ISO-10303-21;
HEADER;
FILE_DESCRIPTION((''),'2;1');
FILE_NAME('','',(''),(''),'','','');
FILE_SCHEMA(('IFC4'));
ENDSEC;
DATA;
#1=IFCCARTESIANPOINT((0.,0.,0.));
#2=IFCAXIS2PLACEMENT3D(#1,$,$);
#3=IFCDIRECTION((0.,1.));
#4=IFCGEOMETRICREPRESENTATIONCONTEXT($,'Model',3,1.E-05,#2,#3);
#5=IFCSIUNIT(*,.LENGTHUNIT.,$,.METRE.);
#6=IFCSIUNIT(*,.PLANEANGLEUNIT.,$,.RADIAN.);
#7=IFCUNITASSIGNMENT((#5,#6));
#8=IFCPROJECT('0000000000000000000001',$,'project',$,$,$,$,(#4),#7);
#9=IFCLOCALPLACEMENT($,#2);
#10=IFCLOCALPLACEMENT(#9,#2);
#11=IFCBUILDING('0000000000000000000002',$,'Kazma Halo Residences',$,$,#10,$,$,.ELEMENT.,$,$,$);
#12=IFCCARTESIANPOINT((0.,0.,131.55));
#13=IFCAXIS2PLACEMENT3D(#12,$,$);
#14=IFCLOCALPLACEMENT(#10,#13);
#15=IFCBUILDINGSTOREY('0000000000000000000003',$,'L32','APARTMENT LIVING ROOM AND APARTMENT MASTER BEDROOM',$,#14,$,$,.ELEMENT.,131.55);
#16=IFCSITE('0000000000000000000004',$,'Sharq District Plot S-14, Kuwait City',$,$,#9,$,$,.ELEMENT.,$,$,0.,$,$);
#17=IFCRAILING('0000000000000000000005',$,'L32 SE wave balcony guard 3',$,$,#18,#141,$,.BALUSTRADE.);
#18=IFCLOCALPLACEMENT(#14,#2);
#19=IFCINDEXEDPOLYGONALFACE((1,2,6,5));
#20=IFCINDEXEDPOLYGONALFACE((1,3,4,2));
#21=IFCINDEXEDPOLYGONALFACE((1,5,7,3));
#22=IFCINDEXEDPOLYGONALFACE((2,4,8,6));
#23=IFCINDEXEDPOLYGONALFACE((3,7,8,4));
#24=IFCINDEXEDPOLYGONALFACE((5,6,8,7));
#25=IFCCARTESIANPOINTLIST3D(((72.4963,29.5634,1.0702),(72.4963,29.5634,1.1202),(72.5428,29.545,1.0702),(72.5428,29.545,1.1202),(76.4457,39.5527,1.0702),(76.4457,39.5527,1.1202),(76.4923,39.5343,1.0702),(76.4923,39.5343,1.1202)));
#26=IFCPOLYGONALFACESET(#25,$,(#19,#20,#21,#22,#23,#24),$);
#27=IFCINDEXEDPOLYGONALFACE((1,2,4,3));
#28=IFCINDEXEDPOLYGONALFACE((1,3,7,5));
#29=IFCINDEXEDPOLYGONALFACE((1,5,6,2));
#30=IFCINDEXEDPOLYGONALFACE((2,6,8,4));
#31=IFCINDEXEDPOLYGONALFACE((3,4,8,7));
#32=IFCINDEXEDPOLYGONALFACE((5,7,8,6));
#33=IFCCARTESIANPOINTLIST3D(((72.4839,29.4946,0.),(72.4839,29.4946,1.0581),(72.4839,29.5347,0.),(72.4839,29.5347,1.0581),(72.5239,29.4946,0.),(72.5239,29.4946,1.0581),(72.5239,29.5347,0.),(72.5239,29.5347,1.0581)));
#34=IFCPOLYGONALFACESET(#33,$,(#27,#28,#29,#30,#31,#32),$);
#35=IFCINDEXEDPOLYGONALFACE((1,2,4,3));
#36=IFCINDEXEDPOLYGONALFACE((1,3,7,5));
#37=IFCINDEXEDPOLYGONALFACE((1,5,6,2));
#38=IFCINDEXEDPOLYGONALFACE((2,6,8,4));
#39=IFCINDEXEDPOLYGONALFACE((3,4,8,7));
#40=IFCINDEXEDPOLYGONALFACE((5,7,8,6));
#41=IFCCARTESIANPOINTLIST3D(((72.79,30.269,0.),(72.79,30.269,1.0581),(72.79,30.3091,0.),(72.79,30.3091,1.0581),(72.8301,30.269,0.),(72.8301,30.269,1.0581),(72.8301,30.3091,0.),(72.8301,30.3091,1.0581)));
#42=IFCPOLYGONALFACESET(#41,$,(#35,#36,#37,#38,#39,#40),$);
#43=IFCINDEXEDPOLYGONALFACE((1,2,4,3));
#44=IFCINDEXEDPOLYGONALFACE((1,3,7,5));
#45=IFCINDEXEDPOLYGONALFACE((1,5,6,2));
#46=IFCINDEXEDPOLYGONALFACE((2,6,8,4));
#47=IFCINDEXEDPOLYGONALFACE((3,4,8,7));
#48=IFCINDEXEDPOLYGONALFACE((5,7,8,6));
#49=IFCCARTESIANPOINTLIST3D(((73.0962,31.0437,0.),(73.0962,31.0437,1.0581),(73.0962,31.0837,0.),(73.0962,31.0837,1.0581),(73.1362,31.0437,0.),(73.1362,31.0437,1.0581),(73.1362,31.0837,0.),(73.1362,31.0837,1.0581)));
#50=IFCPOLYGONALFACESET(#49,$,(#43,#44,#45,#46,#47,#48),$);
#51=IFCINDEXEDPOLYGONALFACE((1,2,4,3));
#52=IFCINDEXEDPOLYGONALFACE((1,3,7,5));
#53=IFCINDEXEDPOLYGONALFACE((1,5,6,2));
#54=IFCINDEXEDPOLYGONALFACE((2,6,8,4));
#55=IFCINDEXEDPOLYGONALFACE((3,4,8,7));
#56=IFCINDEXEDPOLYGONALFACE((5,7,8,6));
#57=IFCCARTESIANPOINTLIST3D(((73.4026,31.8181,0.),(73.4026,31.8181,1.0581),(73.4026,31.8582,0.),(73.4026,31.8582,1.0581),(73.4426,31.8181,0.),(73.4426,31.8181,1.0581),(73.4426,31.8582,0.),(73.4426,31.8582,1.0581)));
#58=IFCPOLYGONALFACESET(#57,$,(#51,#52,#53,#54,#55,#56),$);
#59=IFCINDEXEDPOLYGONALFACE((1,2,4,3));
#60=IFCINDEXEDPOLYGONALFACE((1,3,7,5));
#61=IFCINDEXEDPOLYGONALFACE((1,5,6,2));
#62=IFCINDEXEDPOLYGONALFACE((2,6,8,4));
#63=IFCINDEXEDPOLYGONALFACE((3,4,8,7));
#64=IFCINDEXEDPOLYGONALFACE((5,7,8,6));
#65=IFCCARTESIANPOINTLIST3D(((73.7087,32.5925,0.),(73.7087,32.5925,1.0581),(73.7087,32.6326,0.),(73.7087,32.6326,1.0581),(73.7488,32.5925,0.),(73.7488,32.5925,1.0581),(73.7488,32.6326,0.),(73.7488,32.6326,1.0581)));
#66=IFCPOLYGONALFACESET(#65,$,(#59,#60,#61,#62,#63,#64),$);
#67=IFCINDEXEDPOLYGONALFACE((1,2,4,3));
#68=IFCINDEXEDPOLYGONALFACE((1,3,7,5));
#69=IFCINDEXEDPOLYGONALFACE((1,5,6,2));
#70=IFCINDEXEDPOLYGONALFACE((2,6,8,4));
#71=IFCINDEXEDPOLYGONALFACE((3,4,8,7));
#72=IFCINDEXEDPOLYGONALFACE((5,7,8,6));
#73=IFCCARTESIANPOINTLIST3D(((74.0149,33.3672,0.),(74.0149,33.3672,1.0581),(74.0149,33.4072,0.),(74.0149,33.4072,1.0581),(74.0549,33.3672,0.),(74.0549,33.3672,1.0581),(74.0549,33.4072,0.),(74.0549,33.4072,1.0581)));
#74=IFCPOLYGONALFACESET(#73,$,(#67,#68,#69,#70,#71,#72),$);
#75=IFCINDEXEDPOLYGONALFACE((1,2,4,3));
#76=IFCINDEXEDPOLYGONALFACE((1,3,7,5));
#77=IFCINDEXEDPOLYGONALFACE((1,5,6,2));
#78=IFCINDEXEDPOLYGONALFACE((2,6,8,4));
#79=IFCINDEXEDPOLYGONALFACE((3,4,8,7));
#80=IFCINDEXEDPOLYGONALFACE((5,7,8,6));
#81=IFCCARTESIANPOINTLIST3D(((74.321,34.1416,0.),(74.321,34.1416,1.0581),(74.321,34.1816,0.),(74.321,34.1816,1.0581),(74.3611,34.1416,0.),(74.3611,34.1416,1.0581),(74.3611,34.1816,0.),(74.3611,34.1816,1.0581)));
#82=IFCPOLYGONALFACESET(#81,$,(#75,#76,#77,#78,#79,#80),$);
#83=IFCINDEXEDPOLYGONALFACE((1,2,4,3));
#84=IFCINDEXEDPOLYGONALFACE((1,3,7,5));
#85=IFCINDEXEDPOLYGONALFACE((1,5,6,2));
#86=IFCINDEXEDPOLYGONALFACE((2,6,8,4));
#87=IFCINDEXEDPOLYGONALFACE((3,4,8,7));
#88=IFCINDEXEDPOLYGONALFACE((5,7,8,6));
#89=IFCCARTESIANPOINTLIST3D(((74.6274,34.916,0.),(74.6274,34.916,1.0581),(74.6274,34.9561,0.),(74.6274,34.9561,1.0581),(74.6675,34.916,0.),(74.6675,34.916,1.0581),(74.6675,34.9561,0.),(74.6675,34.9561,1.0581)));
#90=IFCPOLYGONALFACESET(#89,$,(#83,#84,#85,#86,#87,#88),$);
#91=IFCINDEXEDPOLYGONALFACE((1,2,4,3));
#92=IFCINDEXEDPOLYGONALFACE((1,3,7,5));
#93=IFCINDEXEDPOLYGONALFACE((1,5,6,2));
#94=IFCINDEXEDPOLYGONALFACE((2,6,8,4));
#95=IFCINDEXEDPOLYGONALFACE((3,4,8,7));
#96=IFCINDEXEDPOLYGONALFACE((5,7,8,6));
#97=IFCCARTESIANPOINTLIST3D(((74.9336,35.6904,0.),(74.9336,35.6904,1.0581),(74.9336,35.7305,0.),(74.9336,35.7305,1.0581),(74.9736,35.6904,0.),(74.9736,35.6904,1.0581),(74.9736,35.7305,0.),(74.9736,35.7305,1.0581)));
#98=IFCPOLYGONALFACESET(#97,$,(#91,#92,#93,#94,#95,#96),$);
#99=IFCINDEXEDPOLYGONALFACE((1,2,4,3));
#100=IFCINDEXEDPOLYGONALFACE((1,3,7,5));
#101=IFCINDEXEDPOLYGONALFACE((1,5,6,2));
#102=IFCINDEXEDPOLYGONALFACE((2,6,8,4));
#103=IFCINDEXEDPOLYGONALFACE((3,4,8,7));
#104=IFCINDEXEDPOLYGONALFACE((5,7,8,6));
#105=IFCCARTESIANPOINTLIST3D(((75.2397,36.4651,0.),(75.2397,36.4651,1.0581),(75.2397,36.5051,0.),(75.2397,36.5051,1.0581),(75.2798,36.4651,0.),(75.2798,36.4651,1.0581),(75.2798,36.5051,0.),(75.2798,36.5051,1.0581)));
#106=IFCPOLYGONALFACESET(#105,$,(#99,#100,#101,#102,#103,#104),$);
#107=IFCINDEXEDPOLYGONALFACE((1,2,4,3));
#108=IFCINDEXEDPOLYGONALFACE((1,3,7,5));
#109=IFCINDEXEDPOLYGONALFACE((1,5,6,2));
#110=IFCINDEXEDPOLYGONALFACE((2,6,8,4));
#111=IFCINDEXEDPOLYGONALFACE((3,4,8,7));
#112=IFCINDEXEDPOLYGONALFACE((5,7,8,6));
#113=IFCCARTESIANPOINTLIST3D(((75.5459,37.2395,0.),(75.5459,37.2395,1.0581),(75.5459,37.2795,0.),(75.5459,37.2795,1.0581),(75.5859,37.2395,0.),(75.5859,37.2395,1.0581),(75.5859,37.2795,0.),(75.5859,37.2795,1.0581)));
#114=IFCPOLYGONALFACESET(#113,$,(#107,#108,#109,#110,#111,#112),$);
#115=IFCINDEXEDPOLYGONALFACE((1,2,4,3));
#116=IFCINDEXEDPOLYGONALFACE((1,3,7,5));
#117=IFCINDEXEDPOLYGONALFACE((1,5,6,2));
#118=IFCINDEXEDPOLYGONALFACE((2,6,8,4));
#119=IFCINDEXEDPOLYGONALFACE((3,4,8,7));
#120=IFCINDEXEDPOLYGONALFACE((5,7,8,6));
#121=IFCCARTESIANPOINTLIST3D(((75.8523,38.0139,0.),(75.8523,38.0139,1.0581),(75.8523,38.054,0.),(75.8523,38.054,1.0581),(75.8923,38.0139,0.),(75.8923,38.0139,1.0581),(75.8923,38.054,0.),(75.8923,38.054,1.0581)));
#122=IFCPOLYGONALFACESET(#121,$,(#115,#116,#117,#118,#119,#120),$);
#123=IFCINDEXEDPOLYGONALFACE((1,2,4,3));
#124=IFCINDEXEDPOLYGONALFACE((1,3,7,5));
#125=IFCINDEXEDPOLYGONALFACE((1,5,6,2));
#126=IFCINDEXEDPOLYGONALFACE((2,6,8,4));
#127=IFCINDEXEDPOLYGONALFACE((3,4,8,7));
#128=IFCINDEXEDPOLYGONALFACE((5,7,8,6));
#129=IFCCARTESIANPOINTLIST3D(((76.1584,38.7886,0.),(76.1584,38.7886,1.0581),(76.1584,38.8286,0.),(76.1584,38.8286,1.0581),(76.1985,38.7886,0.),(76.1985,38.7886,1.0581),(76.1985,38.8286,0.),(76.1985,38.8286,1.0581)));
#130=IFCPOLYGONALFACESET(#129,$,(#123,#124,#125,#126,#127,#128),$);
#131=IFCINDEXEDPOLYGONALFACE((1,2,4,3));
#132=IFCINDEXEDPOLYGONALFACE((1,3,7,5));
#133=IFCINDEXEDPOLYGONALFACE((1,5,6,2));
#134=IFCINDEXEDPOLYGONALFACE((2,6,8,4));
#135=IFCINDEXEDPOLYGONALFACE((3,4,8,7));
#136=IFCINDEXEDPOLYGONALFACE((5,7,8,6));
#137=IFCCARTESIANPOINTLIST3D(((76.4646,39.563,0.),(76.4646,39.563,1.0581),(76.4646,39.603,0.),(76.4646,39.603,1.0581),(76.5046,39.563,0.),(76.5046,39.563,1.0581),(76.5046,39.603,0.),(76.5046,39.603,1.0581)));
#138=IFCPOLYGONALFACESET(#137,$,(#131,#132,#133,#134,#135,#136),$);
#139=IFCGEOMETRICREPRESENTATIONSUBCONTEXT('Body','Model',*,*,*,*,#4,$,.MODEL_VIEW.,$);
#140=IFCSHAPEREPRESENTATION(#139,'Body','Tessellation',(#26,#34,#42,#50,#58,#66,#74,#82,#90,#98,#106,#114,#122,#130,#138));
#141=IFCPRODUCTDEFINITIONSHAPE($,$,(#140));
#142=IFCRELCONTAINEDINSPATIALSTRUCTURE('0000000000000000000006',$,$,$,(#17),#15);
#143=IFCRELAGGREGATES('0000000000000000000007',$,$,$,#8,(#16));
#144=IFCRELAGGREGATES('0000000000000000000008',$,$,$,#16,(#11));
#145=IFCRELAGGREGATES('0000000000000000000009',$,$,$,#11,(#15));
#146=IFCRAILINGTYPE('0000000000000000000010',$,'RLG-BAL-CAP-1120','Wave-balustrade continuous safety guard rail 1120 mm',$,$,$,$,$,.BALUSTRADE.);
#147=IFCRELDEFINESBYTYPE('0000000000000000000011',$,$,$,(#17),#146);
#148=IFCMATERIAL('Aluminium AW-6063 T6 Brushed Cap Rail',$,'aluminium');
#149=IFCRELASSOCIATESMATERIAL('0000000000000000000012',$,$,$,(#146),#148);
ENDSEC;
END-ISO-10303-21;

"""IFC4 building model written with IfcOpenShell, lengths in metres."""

from ifc_helpers import new_model, si_unit, direction, frame, origin, origin_2d, place, context, subcontext, project, spatial, rectangle, extrude, material, type_object, element, save


model = new_model("IFC4")

# Units and contexts
model_context = context("Model", 3, precision=1e-05, world=origin(), true_north=direction((0.0, 1.0)))
body_context = subcontext(model_context, "Body", "Model", "MODEL_VIEW")
ifc_project = project(units=[si_unit("LENGTHUNIT", "METRE"), si_unit("PLANEANGLEUNIT", "RADIAN")], contexts=[model_context])

# Site, building, storey
site_placement = place(None, origin())
site = spatial("IfcSite", under=ifc_project, at=site_placement, Name="Sharq District Plot S-14, Kuwait City", CompositionType="ELEMENT", RefElevation=0.0)
building_placement = place(site_placement, origin())
building = spatial("IfcBuilding", under=site, at=building_placement, Name="Kazma Halo Residences", CompositionType="ELEMENT")
storey_placement = place(building_placement, frame((0.0, 0.0, 131.55)))
storey = spatial("IfcBuildingStorey", under=building, at=storey_placement, Name="L32", Description="APARTMENT LIVING ROOM AND APARTMENT MASTER BEDROOM", CompositionType="ELEMENT", Elevation=131.55)

# Railing
ifc_material_1 = material(Name="Aluminium AW-6063 T6 Brushed Cap Rail", Category="aluminium")
railing_type = type_object("IfcRailingType", Name="RLG-BAL-CAP-1120", Description="Wave-balustrade continuous safety guard rail 1120 mm", PredefinedType="BALUSTRADE", material=ifc_material_1)
railing_1_placement = place(storey_placement, frame((72.5039, 29.5146, 0.0)))
element("IfcRailing", 1, at=railing_1_placement, inside=storey, type_object=railing_type, Name="L32 SE wave balcony guard 3", PredefinedType="BALUSTRADE", context=body_context, shape_type="SweptSolid", body=[
    extrude(rectangle(XDim=0.05, YDim=0.05, at=origin_2d()), frame((0.0156, 0.0396, 1.0952), z_axis=(0.367675, 0.929954, 0.0), x_axis=(-0.929954, 0.367675, 0.0)), (0.0, 0.0, 1.0), 10.7417),
    extrude(rectangle(XDim=0.04, YDim=0.04, at=origin_2d()), origin(), (0.0, 0.0, 1.0), 1.0581),
    extrude(rectangle(XDim=0.04, YDim=0.04, at=origin_2d()), frame((0.3062, 0.7744, 0.0)), (0.0, 0.0, 1.0), 1.0581),
    extrude(rectangle(XDim=0.04, YDim=0.04, at=origin_2d()), frame((0.6123, 1.5491, 0.0)), (0.0, 0.0, 1.0), 1.0581),
    extrude(rectangle(XDim=0.04, YDim=0.04, at=origin_2d()), frame((0.9187, 2.3235, 0.0)), (0.0, 0.0, 1.0), 1.0581),
    extrude(rectangle(XDim=0.04, YDim=0.04, at=origin_2d()), frame((1.2249, 3.0979, 0.0)), (0.0, 0.0, 1.0), 1.0581),
    extrude(rectangle(XDim=0.04, YDim=0.04, at=origin_2d()), frame((1.531, 3.8726, 0.0)), (0.0, 0.0, 1.0), 1.0581),
    extrude(rectangle(XDim=0.04, YDim=0.04, at=origin_2d()), frame((1.8372, 4.647, 0.0)), (0.0, 0.0, 1.0), 1.0581),
    extrude(rectangle(XDim=0.04, YDim=0.04, at=origin_2d()), frame((2.1436, 5.4214, 0.0)), (0.0, 0.0, 1.0), 1.0581),
    extrude(rectangle(XDim=0.04, YDim=0.04, at=origin_2d()), frame((2.4497, 6.1958, 0.0)), (0.0, 0.0, 1.0), 1.0581),
    extrude(rectangle(XDim=0.04, YDim=0.04, at=origin_2d()), frame((2.7559, 6.9705, 0.0)), (0.0, 0.0, 1.0), 1.0581),
    extrude(rectangle(XDim=0.04, YDim=0.04, at=origin_2d()), frame((3.062, 7.7449, 0.0)), (0.0, 0.0, 1.0), 1.0581),
    extrude(rectangle(XDim=0.04, YDim=0.04, at=origin_2d()), frame((3.3684, 8.5193, 0.0)), (0.0, 0.0, 1.0), 1.0581),
    extrude(rectangle(XDim=0.04, YDim=0.04, at=origin_2d()), frame((3.6746, 9.2939, 0.0)), (0.0, 0.0, 1.0), 1.0581),
    extrude(rectangle(XDim=0.04, YDim=0.04, at=origin_2d()), frame((3.9807, 10.0684, 0.0)), (0.0, 0.0, 1.0), 1.0581),
])

save(model, "model.ifc")
